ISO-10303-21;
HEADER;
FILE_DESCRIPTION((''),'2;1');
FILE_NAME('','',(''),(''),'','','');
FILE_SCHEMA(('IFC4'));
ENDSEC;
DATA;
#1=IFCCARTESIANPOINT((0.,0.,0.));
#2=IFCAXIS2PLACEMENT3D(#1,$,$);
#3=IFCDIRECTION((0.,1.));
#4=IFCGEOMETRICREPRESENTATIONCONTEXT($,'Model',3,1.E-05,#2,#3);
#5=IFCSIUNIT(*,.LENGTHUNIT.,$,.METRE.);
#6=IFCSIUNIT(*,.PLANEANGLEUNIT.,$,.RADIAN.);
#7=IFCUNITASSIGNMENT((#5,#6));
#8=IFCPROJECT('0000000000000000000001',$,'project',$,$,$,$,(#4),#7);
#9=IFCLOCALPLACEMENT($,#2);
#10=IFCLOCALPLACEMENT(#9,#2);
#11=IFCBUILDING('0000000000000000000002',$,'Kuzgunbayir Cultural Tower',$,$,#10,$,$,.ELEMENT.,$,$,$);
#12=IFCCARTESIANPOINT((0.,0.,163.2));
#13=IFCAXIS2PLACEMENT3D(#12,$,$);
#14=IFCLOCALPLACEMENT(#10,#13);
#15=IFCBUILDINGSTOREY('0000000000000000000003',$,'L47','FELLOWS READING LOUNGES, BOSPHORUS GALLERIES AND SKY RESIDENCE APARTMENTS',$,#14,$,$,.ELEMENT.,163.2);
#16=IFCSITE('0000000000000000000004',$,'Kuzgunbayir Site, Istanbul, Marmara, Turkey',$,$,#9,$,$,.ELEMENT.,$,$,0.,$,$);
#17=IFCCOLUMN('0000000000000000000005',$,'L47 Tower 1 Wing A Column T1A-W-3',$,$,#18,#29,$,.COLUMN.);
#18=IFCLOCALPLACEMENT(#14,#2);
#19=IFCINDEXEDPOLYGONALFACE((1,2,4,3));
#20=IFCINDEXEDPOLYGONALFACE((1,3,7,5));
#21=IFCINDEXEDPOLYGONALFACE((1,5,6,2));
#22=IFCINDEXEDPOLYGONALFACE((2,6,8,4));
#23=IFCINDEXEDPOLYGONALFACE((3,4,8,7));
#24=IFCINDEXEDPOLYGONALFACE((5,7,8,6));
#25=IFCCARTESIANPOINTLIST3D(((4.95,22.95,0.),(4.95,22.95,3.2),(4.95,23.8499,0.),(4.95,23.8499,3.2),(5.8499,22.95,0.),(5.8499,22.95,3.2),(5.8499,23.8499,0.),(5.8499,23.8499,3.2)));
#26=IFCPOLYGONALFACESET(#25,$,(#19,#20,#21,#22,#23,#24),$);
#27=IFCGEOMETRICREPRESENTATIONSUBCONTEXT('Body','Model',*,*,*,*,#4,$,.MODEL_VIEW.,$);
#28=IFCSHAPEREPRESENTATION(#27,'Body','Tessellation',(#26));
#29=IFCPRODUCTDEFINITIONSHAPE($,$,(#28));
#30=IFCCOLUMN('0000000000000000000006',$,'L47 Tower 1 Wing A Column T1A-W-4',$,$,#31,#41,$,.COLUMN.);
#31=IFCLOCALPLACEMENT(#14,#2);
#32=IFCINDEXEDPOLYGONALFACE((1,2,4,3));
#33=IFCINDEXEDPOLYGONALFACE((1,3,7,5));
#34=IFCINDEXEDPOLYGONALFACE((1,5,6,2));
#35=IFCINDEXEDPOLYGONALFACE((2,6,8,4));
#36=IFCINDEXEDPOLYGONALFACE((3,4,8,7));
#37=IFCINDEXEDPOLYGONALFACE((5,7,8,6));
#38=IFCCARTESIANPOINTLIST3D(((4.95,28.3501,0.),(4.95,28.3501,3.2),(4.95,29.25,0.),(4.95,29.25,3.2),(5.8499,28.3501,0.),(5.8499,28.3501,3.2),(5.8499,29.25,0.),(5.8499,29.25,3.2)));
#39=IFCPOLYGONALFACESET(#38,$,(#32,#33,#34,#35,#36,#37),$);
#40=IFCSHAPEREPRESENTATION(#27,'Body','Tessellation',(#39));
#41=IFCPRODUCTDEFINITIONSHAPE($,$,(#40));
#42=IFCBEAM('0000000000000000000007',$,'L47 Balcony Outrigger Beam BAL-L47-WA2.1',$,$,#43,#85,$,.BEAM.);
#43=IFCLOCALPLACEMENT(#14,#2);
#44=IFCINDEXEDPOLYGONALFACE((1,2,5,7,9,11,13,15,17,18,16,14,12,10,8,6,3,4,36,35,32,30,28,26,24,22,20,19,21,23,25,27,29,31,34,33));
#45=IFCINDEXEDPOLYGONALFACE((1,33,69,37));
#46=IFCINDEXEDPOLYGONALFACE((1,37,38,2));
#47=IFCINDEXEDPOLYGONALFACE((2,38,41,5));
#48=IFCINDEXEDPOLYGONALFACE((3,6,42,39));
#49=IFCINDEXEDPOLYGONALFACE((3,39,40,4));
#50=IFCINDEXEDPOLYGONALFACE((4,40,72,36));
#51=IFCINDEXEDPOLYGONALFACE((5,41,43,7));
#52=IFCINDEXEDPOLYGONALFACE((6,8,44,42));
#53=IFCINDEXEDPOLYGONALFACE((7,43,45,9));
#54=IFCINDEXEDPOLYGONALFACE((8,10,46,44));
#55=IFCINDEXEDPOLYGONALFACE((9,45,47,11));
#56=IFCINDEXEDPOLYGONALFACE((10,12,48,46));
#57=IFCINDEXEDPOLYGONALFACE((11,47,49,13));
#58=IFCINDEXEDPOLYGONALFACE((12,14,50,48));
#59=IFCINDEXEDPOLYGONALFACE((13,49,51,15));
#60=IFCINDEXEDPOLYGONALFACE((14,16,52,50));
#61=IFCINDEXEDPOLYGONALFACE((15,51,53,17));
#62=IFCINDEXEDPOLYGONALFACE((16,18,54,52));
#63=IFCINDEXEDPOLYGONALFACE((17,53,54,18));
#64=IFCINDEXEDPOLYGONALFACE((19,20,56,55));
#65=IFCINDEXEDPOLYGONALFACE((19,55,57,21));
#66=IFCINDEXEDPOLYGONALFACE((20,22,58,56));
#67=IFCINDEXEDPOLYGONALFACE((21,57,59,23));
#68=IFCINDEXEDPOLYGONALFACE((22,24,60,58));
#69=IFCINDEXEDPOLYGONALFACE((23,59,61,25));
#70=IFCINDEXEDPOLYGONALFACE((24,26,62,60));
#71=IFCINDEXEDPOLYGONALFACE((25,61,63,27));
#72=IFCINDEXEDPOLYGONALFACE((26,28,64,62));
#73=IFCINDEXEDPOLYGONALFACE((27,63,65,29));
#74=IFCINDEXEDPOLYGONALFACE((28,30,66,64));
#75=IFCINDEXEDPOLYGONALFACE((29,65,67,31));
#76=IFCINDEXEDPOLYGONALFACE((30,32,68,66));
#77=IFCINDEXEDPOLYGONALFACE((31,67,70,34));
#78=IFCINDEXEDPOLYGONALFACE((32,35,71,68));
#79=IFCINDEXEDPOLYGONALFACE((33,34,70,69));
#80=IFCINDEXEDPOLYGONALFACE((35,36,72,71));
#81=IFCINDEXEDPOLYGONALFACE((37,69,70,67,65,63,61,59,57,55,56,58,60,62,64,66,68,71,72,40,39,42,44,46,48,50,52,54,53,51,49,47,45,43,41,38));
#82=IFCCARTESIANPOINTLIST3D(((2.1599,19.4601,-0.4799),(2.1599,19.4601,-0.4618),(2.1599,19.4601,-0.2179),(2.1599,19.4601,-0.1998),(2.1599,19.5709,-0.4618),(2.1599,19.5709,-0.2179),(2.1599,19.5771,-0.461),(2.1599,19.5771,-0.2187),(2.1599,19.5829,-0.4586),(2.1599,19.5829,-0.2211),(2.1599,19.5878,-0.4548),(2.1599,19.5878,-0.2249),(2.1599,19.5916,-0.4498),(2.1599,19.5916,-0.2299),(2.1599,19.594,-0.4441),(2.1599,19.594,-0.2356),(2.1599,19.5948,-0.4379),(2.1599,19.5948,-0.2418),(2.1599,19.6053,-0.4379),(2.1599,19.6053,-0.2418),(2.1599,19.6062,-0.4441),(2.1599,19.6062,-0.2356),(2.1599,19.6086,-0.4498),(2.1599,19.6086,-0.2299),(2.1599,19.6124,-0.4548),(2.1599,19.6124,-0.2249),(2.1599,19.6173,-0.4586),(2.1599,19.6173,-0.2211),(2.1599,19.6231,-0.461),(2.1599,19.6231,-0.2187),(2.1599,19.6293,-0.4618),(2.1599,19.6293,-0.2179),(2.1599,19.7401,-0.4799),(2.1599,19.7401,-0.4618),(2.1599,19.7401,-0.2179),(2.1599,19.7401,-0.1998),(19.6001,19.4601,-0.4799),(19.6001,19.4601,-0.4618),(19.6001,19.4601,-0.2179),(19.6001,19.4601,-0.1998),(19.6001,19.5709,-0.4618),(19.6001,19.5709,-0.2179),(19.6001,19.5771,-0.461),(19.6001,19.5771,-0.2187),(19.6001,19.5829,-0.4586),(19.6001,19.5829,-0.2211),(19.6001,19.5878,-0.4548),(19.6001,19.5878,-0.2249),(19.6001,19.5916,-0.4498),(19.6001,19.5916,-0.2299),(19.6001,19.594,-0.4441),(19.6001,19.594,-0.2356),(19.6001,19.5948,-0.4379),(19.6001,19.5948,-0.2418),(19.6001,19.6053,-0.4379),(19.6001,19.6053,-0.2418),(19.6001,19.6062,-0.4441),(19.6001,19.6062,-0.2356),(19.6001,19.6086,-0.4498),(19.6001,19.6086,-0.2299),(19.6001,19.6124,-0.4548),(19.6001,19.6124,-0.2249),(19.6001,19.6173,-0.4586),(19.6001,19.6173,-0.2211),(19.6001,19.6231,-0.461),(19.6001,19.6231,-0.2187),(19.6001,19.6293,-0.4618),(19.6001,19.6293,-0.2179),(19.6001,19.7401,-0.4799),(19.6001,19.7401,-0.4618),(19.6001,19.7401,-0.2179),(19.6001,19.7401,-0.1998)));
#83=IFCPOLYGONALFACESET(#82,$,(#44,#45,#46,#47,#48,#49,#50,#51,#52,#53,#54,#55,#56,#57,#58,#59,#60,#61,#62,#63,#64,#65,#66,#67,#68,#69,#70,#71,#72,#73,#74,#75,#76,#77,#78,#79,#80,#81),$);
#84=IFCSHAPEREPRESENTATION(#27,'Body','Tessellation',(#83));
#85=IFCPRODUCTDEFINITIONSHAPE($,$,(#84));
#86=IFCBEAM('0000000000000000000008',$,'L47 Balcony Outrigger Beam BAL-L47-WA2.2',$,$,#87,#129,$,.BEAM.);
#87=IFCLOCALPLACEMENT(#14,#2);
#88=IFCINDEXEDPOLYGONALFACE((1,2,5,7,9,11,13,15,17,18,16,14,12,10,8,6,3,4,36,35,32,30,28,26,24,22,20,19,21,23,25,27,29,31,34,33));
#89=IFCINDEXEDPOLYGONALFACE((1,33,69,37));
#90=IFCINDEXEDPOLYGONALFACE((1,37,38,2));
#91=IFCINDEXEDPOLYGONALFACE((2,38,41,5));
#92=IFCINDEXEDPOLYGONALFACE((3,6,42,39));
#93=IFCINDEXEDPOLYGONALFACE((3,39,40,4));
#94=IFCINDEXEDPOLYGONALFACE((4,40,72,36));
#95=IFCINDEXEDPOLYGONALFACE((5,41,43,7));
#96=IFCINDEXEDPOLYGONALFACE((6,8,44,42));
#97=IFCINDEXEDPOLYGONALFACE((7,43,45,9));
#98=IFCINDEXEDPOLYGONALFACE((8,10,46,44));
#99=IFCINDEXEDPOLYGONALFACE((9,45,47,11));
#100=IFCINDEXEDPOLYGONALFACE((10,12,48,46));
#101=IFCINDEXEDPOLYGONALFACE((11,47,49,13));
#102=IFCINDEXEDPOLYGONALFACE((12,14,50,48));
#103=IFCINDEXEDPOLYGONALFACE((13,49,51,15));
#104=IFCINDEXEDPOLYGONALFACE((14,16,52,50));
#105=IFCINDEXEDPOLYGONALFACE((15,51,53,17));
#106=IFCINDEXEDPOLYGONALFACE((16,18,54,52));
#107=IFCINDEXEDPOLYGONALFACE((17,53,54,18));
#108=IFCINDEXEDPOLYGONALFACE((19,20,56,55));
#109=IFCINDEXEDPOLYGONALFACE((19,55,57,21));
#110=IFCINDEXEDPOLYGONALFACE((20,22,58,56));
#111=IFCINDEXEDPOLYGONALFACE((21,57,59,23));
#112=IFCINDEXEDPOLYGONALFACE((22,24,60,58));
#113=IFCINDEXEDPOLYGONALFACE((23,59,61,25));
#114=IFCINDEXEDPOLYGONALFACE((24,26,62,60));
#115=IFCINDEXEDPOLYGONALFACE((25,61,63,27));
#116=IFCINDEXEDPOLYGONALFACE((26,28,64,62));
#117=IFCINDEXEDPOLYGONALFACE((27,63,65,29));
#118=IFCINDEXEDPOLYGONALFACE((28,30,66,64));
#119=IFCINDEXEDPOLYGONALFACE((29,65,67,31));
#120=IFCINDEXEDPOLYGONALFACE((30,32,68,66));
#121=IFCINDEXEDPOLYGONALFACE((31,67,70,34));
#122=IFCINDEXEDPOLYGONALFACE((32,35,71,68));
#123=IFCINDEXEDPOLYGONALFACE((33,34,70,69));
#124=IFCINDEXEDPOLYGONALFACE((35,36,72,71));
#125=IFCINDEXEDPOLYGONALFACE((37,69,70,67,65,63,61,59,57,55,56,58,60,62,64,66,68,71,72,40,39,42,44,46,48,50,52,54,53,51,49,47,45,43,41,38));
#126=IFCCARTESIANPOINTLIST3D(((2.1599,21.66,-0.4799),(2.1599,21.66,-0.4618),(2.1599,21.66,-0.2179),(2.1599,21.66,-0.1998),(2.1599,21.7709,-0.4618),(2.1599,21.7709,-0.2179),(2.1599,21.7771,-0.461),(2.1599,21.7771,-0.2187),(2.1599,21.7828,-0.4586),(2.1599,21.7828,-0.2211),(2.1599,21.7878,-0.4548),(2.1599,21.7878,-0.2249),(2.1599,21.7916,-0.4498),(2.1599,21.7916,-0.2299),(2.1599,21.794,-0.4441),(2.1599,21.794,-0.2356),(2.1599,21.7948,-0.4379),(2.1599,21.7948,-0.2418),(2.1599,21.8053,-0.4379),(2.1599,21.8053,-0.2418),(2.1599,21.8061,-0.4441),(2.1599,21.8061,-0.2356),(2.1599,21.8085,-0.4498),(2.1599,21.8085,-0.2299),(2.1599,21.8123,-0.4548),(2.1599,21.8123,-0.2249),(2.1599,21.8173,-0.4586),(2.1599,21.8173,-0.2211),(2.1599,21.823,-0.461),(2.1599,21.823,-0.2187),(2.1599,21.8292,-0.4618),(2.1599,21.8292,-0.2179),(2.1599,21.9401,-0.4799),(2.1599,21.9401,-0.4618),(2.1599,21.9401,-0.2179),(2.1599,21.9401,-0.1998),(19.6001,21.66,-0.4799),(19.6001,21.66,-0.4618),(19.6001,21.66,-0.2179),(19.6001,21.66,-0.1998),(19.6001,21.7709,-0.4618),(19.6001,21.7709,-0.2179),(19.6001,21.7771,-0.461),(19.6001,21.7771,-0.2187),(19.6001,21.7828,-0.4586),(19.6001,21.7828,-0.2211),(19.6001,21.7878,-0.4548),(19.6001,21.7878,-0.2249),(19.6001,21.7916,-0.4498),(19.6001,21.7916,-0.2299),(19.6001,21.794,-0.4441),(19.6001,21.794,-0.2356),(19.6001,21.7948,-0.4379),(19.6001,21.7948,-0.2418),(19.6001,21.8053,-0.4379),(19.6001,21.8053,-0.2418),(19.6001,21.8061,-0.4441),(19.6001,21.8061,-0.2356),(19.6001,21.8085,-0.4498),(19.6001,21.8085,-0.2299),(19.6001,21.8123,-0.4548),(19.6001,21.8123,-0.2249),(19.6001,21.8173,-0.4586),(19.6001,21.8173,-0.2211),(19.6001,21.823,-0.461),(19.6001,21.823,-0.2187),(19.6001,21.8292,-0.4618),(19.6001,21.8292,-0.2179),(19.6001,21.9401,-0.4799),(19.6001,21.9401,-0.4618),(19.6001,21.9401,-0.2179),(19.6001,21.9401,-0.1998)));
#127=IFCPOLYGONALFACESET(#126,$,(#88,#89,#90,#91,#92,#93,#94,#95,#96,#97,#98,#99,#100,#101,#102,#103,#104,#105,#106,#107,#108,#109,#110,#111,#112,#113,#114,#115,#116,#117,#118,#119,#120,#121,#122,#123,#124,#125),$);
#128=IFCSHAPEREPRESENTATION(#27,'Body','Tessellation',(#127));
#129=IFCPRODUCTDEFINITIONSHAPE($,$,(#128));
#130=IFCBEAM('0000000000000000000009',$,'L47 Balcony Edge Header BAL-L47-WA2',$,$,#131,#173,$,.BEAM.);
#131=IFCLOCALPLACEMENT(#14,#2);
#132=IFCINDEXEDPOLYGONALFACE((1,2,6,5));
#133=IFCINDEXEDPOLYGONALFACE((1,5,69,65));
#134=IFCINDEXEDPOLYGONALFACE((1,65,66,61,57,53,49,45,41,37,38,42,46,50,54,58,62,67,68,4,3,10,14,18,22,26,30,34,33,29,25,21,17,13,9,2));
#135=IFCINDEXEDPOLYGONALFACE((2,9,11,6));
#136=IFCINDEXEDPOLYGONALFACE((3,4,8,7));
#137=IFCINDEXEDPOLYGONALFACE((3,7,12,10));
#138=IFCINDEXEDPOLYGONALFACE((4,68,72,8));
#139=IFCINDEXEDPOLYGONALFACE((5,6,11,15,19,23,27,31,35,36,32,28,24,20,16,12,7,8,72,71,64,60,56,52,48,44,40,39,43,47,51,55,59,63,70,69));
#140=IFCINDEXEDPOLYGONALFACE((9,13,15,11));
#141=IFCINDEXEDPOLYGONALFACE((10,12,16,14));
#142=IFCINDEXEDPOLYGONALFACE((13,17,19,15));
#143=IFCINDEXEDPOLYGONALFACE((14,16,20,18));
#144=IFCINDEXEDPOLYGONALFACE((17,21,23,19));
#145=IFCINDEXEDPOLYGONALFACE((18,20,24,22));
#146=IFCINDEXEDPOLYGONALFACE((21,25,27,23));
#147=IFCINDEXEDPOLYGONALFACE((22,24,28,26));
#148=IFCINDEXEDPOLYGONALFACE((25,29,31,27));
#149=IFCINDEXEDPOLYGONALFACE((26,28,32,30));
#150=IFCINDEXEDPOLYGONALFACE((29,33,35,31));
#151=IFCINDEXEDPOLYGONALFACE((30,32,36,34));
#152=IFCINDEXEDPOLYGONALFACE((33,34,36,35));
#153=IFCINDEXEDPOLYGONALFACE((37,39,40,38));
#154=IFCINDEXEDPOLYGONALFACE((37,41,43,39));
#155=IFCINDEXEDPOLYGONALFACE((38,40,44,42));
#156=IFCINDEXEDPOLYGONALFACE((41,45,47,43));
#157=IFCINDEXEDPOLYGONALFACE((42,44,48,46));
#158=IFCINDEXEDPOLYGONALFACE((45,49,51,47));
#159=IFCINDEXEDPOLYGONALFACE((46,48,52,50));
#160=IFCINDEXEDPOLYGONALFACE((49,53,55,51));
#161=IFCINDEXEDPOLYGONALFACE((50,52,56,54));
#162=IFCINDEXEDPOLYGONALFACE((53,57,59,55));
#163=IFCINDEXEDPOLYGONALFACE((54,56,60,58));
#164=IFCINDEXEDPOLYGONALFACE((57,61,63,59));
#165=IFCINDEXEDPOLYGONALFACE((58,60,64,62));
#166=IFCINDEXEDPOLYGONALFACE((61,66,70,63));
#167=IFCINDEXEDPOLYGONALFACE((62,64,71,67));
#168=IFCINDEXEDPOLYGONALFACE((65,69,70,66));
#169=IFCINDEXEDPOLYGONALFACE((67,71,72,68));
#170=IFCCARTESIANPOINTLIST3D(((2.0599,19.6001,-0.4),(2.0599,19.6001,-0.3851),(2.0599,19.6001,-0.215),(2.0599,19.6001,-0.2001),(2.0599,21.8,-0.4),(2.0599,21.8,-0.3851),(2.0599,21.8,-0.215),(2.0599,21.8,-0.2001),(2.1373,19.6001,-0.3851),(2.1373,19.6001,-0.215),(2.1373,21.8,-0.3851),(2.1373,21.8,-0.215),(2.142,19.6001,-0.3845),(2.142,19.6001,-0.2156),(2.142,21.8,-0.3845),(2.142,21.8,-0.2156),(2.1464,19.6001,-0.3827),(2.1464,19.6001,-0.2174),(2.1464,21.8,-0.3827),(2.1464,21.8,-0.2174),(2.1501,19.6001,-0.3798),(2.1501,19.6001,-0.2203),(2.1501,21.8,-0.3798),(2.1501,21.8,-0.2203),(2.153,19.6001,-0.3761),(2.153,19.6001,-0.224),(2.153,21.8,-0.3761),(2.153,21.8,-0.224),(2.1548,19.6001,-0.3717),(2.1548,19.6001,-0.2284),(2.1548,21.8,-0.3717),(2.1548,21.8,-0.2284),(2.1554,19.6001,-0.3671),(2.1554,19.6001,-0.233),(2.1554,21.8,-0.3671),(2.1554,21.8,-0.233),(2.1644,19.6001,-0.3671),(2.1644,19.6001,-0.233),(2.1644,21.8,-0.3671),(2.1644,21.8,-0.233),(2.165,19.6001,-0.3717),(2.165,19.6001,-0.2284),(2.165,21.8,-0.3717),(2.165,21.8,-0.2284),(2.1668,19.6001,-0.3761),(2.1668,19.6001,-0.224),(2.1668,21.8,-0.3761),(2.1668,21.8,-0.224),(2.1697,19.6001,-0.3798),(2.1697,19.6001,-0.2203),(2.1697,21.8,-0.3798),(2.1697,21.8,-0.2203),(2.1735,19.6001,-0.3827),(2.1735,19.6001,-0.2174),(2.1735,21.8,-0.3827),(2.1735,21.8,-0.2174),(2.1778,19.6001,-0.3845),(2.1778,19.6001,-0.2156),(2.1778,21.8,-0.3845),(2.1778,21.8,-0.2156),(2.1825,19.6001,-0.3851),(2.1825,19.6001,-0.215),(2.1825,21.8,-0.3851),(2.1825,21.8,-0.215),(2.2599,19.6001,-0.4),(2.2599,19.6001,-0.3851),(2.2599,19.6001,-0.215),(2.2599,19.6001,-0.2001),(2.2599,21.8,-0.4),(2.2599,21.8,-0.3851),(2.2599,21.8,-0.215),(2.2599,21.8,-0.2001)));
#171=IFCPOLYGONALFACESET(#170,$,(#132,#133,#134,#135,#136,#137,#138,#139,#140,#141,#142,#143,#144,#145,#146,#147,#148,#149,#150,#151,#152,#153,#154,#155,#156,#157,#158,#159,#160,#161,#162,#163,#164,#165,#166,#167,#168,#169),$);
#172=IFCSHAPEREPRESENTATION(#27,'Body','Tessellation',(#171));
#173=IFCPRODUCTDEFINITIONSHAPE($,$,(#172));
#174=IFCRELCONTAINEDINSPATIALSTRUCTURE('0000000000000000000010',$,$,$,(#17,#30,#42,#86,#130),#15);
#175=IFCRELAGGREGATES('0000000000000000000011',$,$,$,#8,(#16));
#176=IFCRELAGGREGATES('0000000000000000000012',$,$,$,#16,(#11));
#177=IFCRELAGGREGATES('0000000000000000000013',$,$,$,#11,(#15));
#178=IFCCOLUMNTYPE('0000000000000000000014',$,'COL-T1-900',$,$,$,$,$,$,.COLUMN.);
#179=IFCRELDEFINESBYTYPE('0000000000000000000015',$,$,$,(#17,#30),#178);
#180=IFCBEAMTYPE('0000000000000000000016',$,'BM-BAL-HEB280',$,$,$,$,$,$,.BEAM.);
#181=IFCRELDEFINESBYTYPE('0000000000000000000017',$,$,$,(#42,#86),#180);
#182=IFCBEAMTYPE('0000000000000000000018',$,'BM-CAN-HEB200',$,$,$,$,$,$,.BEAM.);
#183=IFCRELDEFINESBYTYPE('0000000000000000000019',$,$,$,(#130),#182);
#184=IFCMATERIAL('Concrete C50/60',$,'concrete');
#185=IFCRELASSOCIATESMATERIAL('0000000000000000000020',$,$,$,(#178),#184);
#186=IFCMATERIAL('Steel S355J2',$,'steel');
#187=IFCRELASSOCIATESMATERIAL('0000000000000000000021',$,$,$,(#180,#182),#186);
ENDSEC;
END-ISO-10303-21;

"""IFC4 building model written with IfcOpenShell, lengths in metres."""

from ifc_helpers import new_model, si_unit, direction, frame, origin, origin_2d, place, context, subcontext, project, spatial, rectangle, i_section, extrude, material, material_profile, profile_set, type_object, element, save


model = new_model("IFC4")

# Units and contexts
model_context = context("Model", 3, precision=1e-05, world=origin(), true_north=direction((0.0, 1.0)))
body_context = subcontext(model_context, "Body", "Model", "MODEL_VIEW")
ifc_project = project(units=[si_unit("LENGTHUNIT", "METRE"), si_unit("PLANEANGLEUNIT", "RADIAN")], contexts=[model_context])

# Site, building, storey
site_placement = place(None, origin())
site = spatial("IfcSite", under=ifc_project, at=site_placement, Name="Kuzgunbayir Site, Istanbul, Marmara, Turkey", CompositionType="ELEMENT", RefElevation=0.0)
building_placement = place(site_placement, origin())
building = spatial("IfcBuilding", under=site, at=building_placement, Name="Kuzgunbayir Cultural Tower", CompositionType="ELEMENT")
storey_placement = place(building_placement, frame((0.0, 0.0, 163.2)))
storey = spatial("IfcBuildingStorey", under=building, at=storey_placement, Name="L47", Description="FELLOWS READING LOUNGES, BOSPHORUS GALLERIES AND SKY RESIDENCE APARTMENTS", CompositionType="ELEMENT", Elevation=163.2)

# Columns
ifc_material_1 = material(Name="Concrete C50/60", Category="concrete")
ifc_material_profile_1 = material_profile(ifc_material_1, rectangle(XDim=0.8999, YDim=0.8999, at=origin_2d()), Name="RC 900x900")
ifc_profile_set_1 = profile_set([ifc_material_profile_1], Name="Concrete C50/60")
column_type = type_object("IfcColumnType", Name="COL-T1-900", PredefinedType="COLUMN", material=ifc_profile_set_1)
for number, where, z_axis, x_axis, name in (
    (1, (5.3999, 23.3999, 0.0), (0.0, 0.0, 1.0), (1.0, 0.0, 0.0), "L47 Tower 1 Wing A Column T1A-W-3"),
    (2, (5.3999, 28.8, 0.0), (0.0, 0.0, 1.0), (1.0, 0.0, 0.0), "L47 Tower 1 Wing A Column T1A-W-4"),
):
    element("IfcColumn", number, at=place(storey_placement, frame(where, z_axis=z_axis, x_axis=x_axis)), inside=storey, type_object=column_type, Name=name, PredefinedType="COLUMN", context=body_context, shape_type="SweptSolid", body=[
        extrude(rectangle(XDim=0.8999, YDim=0.8999, at=origin_2d()), origin(), (0.0, 0.0, 1.0), 3.2),
    ])

# Beams
ifc_material_2 = material(Name="Steel S355J2", Category="steel")
ifc_material_profile_2 = material_profile(ifc_material_2, i_section(OverallWidth=0.28, OverallDepth=0.28, WebThickness=0.0105, FlangeThickness=0.0181, FilletRadius=0.0239, at=origin_2d()), Name="HEB 280")
ifc_profile_set_2 = profile_set([ifc_material_profile_2], Name="Steel S355J2")
beam_type_1 = type_object("IfcBeamType", Name="BM-BAL-HEB280", PredefinedType="BEAM", material=ifc_profile_set_2)
for number, where, z_axis, x_axis, name in (
    (3, (2.1599, 19.6001, -0.3398), (1.0, 0.0, 0.0), (0.0, 1.0, 0.0), "L47 Balcony Outrigger Beam BAL-L47-WA2.1"),
    (4, (2.1599, 21.8, -0.3398), (1.0, 0.0, 0.0), (0.0, 1.0, 0.0), "L47 Balcony Outrigger Beam BAL-L47-WA2.2"),
):
    element("IfcBeam", number, at=place(storey_placement, frame(where, z_axis=z_axis, x_axis=x_axis)), inside=storey, type_object=beam_type_1, Name=name, PredefinedType="BEAM", context=body_context, shape_type="SweptSolid", body=[
        extrude(i_section(OverallWidth=0.28, OverallDepth=0.28, WebThickness=0.0105, FlangeThickness=0.0181, FilletRadius=0.0239, at=origin_2d()), origin(), (0.0, 0.0, 1.0), 17.4402),
    ])
ifc_material_profile_3 = material_profile(ifc_material_2, i_section(OverallWidth=0.2, OverallDepth=0.2, WebThickness=0.009, FlangeThickness=0.0149, FilletRadius=0.0181, at=origin_2d()), Name="HEB 200")
ifc_profile_set_3 = profile_set([ifc_material_profile_3], Name="Steel S355J2")
beam_type_2 = type_object("IfcBeamType", Name="BM-CAN-HEB200", PredefinedType="BEAM", material=ifc_profile_set_3)
beam_1_placement = place(storey_placement, frame((2.1599, 19.6001, -0.3), z_axis=(0.0, 1.0, 0.0), x_axis=(-1.0, 0.0, 0.0)))
element("IfcBeam", 5, at=beam_1_placement, inside=storey, type_object=beam_type_2, Name="L47 Balcony Edge Header BAL-L47-WA2", PredefinedType="BEAM", context=body_context, shape_type="SweptSolid", body=[
    extrude(i_section(OverallWidth=0.2, OverallDepth=0.2, WebThickness=0.009, FlangeThickness=0.0149, FilletRadius=0.0181, at=origin_2d()), origin(), (0.0, 0.0, 1.0), 2.2),
])

save(model, "model.ifc")
